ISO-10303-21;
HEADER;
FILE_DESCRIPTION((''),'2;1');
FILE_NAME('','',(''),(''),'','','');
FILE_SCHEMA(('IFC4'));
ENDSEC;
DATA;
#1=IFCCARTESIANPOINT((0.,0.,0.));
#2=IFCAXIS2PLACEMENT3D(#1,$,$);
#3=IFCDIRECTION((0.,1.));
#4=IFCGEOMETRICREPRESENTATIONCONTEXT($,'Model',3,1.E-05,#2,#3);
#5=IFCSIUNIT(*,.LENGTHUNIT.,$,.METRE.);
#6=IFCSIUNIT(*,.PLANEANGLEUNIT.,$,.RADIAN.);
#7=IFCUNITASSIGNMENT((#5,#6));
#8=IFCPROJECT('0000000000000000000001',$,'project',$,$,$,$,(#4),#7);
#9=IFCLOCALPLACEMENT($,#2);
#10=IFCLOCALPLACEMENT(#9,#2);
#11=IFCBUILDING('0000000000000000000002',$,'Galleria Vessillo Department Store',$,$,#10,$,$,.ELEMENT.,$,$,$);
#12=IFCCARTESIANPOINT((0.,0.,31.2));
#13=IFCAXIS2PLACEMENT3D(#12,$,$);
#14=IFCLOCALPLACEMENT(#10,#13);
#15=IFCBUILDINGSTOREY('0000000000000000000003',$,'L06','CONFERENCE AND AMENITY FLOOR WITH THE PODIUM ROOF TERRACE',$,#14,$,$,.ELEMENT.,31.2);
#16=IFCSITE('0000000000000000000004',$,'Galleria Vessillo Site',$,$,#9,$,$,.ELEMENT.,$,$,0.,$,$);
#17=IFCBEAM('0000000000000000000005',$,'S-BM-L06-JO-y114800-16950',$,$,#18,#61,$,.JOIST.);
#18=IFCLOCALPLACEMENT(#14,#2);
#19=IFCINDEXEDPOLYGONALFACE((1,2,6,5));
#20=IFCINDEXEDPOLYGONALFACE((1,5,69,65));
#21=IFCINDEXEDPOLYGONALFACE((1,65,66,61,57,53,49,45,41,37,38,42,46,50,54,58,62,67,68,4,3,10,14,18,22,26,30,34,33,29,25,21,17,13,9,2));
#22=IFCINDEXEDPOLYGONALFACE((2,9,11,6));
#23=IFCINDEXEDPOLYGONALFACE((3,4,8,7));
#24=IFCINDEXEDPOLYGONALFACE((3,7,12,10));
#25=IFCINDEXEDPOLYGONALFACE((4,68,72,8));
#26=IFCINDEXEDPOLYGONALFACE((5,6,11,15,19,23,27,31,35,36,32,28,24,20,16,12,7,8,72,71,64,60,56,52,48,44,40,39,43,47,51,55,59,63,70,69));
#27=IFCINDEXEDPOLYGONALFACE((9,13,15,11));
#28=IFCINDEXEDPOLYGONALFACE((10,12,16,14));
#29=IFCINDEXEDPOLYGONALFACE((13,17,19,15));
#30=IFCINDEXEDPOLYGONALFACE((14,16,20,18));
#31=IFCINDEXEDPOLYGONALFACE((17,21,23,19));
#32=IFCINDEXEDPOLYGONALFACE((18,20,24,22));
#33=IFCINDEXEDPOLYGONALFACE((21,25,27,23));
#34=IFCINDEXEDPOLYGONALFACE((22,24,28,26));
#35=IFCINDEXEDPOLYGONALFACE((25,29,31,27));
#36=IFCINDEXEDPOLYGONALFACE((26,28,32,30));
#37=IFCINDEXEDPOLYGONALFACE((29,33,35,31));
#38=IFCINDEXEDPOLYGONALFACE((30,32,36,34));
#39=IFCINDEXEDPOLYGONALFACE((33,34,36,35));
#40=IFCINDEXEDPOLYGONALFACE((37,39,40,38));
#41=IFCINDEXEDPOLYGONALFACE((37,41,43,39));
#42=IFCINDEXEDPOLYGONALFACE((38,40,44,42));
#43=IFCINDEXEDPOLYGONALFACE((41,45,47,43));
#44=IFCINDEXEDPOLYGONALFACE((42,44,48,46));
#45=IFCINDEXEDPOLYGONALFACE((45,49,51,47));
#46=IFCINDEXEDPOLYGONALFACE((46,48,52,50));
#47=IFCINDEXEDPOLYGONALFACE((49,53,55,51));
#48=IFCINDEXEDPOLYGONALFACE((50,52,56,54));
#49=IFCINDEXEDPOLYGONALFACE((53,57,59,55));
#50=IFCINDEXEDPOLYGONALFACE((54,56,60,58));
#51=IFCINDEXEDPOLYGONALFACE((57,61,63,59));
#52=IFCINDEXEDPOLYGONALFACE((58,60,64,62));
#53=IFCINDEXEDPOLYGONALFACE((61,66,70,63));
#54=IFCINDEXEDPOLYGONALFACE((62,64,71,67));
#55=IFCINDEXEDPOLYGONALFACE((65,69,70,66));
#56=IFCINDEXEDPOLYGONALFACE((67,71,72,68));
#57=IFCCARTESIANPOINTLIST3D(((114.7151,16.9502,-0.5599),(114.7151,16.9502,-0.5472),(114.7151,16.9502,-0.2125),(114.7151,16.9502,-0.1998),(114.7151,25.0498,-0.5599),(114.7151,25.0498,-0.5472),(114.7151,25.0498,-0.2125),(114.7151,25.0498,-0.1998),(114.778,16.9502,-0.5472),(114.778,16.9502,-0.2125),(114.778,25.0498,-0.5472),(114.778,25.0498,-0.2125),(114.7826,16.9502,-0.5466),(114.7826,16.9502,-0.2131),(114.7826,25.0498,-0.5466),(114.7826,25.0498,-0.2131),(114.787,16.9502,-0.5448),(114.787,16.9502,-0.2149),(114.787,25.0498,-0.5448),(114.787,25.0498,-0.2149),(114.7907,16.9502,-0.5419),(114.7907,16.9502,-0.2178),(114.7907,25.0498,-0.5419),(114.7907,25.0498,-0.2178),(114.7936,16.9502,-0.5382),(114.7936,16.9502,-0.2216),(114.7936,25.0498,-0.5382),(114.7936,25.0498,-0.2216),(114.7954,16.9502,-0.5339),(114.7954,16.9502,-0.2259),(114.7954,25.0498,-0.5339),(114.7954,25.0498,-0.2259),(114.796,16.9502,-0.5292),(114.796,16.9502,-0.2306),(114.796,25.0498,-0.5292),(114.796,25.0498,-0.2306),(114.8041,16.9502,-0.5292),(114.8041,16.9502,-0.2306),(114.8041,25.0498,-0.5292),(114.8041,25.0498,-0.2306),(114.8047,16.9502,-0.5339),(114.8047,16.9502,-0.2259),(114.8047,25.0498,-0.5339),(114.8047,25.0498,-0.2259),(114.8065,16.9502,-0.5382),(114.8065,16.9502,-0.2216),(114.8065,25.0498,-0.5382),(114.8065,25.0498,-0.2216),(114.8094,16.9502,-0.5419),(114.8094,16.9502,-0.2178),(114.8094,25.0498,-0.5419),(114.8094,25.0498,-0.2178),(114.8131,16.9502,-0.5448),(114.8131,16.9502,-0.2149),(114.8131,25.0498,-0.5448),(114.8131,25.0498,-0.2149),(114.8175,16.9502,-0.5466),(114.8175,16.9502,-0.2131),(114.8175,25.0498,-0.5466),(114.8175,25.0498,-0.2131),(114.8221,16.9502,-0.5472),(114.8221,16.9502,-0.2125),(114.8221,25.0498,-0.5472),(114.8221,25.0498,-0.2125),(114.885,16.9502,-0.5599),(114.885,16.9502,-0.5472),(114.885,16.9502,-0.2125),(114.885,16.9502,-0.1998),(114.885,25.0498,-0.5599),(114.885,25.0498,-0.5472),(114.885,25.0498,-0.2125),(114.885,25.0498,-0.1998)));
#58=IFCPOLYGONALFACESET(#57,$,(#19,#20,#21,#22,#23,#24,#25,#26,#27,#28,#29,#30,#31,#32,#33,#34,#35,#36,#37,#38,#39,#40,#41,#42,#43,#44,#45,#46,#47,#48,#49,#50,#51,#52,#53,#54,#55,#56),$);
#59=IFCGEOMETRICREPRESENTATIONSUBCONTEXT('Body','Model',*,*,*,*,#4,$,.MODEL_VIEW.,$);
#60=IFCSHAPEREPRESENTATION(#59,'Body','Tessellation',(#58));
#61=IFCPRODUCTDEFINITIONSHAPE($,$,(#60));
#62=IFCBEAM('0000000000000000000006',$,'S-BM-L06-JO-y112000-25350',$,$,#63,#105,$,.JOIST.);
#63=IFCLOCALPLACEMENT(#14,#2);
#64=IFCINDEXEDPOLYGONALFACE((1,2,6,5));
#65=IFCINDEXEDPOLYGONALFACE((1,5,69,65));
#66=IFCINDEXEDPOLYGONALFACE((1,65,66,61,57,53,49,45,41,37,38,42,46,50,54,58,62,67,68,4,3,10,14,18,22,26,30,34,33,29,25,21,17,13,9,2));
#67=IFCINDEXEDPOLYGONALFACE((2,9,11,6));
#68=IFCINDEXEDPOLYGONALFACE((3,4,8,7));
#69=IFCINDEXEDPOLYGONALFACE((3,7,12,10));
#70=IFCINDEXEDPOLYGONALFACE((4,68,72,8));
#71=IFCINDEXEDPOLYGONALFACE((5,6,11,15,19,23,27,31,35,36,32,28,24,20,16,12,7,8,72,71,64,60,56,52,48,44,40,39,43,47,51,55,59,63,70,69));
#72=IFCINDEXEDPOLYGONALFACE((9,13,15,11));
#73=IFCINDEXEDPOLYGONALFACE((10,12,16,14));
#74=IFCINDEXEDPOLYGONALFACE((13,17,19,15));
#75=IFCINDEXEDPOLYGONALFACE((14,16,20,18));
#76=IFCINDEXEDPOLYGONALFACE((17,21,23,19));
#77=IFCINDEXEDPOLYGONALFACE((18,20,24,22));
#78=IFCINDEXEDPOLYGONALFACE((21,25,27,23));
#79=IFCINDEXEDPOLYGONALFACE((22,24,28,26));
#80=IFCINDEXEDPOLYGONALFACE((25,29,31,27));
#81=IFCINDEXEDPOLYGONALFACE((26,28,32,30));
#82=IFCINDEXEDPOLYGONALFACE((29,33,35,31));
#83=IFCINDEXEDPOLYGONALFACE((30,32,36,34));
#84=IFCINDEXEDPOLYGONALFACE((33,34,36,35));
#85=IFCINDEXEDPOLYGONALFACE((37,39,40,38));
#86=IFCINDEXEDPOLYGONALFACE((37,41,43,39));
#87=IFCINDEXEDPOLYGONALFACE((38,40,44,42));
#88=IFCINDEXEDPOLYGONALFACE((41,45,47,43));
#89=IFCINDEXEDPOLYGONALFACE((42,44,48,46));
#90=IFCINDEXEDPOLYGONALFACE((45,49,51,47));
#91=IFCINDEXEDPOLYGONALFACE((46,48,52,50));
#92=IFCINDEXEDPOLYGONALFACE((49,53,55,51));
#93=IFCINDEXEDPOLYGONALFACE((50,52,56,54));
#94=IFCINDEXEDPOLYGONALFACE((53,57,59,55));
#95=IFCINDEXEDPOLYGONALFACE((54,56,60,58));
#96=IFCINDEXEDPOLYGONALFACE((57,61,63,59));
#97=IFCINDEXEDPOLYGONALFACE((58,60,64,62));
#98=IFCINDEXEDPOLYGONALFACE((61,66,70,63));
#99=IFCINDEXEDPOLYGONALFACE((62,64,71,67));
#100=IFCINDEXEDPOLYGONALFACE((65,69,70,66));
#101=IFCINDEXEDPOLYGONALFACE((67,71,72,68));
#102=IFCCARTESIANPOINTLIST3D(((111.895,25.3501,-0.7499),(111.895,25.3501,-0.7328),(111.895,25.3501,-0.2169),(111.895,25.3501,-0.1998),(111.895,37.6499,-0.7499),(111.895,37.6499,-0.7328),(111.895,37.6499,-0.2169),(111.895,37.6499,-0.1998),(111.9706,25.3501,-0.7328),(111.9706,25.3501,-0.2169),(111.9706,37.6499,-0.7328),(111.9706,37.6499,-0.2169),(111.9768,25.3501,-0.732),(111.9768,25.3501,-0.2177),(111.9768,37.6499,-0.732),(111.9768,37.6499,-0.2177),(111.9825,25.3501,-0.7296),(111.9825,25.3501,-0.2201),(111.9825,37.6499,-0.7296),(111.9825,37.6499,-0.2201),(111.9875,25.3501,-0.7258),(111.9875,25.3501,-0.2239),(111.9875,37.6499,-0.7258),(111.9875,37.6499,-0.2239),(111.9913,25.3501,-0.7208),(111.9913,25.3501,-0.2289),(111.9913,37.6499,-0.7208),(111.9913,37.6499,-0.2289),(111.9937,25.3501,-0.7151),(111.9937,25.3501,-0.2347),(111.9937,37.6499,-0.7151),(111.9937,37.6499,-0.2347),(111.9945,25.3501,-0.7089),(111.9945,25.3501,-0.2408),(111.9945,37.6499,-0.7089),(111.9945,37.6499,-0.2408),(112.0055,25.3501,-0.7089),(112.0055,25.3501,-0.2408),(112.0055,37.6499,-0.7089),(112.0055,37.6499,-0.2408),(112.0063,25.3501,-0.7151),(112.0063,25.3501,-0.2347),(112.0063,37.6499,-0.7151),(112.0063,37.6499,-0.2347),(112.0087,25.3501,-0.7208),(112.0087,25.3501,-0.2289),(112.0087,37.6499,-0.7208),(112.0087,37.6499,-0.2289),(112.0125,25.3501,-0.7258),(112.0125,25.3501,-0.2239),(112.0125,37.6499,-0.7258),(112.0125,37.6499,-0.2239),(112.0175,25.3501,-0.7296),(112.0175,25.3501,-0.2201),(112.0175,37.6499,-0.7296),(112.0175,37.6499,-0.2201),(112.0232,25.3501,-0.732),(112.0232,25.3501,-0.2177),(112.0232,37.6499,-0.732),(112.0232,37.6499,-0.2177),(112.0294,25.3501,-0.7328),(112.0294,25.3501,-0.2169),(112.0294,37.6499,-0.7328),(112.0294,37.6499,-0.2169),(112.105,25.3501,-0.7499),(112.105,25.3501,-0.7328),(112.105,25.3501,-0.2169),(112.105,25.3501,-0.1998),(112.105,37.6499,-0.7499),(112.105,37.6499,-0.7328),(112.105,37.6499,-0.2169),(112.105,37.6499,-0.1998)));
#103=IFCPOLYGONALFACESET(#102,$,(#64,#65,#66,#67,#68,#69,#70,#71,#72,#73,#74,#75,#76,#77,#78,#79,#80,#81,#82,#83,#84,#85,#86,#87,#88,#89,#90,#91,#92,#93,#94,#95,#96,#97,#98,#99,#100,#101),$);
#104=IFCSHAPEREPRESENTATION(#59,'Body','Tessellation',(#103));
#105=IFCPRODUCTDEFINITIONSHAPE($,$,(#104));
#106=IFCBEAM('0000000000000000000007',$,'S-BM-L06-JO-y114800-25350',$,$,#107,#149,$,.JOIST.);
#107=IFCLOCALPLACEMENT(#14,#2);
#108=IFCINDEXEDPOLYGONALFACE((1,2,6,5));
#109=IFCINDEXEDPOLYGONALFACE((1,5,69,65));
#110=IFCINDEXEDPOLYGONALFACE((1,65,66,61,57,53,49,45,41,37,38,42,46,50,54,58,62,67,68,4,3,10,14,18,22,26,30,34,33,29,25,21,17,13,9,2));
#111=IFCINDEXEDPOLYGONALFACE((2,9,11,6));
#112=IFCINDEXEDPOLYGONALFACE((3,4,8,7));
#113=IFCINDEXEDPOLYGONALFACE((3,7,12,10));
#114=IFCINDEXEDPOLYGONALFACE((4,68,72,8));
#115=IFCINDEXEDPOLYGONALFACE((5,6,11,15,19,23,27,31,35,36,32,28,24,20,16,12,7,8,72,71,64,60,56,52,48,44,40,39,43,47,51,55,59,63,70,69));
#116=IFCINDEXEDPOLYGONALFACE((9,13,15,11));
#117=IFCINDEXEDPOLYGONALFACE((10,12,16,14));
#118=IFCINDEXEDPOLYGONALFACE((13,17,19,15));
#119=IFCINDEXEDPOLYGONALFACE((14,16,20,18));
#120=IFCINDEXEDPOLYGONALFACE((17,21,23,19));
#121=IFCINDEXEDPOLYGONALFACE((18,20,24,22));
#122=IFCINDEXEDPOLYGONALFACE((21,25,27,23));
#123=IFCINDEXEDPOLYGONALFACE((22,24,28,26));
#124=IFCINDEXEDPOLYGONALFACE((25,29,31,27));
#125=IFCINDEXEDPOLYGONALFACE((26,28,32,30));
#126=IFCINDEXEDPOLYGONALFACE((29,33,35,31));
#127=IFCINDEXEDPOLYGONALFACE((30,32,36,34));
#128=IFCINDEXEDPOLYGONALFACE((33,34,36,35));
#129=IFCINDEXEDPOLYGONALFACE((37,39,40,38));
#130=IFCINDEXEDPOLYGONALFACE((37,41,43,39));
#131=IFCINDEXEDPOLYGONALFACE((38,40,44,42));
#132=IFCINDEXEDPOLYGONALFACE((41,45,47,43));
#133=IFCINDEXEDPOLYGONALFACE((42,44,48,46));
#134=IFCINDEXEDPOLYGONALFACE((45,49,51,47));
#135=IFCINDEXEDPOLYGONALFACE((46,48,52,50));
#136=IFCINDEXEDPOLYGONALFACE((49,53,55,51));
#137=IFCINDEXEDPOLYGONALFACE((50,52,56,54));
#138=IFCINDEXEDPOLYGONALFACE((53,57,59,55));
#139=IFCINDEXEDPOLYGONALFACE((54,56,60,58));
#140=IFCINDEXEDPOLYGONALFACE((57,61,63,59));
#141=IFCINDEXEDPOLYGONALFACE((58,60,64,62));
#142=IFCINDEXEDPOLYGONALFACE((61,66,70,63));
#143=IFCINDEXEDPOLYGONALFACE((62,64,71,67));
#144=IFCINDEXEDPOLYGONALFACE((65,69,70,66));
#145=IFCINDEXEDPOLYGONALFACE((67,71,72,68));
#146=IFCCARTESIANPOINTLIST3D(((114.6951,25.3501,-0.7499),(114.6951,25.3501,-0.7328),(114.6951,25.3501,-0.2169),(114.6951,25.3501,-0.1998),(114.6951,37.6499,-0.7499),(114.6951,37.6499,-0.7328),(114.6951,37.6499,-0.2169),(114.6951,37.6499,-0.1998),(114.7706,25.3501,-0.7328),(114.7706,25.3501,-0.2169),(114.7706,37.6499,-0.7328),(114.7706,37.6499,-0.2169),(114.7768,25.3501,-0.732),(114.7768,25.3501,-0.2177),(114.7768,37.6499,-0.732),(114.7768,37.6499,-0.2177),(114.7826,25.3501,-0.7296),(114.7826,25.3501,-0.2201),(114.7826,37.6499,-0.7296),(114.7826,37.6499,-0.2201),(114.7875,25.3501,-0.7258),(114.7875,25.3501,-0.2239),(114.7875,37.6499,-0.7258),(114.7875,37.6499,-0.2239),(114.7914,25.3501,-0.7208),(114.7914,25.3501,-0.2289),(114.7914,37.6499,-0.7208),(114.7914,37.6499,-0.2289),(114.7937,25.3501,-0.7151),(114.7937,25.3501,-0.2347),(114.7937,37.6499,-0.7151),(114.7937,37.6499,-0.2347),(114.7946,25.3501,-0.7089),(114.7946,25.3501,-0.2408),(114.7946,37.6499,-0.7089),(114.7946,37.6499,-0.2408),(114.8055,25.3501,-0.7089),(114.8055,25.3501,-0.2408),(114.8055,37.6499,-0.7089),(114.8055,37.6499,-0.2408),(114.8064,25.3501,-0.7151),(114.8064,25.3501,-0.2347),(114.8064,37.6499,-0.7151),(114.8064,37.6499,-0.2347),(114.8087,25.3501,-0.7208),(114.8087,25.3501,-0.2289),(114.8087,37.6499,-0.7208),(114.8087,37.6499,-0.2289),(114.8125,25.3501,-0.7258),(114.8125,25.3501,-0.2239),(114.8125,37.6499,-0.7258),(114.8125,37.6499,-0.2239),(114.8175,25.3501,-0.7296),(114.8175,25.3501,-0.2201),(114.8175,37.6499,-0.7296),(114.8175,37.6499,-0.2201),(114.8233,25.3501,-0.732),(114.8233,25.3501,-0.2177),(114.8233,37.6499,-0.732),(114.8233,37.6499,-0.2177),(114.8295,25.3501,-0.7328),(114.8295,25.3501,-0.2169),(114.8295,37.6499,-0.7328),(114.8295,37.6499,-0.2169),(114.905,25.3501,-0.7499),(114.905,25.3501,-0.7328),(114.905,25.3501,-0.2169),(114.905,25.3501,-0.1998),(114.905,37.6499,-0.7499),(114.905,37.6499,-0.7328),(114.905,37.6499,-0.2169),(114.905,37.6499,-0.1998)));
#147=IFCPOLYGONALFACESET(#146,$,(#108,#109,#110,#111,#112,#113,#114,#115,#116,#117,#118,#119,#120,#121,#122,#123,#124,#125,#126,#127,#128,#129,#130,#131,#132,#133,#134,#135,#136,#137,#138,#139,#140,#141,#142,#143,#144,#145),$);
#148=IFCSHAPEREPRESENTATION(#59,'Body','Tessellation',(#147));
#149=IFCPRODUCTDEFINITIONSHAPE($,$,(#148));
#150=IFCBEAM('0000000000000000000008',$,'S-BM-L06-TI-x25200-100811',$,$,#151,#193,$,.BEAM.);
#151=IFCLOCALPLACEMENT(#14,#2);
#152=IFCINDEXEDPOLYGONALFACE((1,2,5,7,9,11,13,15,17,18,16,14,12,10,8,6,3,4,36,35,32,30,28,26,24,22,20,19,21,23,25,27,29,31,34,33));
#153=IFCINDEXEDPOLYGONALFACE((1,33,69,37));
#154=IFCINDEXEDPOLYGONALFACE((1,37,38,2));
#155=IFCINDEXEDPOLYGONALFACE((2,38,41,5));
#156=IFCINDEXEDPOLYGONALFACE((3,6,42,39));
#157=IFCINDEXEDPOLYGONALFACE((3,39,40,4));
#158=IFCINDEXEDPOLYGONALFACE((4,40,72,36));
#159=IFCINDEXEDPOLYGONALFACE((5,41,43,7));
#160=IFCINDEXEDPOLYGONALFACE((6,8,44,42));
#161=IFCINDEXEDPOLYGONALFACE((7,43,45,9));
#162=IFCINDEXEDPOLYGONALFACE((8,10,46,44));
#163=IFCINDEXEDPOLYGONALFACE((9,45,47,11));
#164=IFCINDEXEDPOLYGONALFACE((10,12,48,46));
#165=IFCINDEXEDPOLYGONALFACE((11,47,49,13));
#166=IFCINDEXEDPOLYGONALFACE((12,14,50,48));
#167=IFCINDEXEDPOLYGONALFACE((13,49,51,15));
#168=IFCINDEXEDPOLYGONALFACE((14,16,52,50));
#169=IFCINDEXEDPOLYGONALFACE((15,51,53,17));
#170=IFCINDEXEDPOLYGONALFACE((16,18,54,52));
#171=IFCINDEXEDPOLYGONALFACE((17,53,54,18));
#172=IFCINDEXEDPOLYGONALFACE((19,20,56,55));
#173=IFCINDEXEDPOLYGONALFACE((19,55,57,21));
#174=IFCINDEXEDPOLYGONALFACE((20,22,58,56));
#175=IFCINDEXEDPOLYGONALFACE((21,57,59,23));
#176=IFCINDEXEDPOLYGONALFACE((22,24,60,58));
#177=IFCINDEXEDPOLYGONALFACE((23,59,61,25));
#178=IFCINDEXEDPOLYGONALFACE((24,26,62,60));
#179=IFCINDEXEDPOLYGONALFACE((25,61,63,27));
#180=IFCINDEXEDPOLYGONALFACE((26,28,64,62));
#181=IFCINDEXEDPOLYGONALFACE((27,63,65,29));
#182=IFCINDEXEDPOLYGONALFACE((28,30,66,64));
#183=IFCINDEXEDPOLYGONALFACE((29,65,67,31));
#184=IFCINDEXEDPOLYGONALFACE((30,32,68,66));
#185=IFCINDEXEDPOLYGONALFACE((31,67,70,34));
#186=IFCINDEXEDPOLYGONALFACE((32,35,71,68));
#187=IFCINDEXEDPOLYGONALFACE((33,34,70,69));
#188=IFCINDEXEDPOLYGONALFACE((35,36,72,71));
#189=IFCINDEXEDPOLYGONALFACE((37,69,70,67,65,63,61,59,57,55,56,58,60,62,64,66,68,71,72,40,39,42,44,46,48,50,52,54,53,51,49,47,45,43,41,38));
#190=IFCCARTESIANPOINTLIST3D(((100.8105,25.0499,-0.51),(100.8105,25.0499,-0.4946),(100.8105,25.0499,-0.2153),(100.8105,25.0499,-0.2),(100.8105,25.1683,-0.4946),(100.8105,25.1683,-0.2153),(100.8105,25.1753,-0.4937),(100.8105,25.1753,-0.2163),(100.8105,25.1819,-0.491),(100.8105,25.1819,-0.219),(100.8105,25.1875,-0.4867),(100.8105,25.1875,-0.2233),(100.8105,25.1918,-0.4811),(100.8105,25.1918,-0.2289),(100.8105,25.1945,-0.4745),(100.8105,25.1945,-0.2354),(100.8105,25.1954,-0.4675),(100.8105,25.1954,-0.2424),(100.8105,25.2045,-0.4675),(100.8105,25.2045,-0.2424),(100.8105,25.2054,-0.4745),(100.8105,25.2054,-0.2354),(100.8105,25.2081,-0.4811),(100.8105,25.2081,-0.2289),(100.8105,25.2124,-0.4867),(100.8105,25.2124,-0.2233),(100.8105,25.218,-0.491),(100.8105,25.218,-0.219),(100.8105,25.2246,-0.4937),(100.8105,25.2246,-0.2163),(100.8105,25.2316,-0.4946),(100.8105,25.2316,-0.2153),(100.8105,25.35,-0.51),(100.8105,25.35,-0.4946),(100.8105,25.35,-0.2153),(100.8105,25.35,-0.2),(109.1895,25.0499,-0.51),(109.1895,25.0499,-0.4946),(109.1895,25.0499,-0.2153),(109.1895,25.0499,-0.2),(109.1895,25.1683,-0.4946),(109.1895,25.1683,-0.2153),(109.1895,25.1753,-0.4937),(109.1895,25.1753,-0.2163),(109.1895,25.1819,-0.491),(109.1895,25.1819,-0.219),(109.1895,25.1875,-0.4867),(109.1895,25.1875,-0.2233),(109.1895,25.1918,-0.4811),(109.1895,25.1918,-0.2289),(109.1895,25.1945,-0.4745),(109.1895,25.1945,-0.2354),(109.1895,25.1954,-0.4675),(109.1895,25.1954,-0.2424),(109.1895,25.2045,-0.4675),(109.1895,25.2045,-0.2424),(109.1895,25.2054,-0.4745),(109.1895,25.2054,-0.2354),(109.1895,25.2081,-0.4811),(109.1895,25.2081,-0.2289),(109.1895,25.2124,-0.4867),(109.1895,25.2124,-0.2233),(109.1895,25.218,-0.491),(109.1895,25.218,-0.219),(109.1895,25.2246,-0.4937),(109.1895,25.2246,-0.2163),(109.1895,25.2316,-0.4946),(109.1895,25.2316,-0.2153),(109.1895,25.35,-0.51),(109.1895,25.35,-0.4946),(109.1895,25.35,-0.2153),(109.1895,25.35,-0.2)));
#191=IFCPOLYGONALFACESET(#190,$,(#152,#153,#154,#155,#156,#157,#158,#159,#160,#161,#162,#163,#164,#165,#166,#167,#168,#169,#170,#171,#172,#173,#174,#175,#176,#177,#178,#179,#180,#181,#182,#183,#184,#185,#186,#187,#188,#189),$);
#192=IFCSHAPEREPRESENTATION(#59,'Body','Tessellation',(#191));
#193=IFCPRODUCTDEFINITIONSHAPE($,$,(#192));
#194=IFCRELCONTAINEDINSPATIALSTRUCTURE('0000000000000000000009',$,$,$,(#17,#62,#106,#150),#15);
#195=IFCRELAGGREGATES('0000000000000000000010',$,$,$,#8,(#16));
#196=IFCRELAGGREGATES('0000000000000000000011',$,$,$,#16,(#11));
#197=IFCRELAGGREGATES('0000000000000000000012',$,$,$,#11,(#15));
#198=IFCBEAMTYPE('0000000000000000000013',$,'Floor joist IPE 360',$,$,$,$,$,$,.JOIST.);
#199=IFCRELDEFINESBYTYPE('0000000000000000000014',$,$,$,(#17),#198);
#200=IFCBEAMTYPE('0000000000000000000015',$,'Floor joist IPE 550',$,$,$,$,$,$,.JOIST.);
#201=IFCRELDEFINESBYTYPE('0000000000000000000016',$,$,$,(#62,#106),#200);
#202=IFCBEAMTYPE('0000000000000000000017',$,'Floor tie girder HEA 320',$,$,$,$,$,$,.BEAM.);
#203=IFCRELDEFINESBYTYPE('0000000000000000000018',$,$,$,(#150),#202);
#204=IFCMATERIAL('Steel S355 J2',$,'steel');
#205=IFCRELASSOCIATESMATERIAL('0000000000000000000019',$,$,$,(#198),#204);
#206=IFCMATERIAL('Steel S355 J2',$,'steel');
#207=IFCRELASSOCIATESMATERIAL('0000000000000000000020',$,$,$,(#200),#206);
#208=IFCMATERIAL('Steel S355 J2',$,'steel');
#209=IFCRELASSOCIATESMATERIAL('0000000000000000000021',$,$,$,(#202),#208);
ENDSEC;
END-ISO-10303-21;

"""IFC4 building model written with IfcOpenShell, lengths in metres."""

from ifc_helpers import new_model, si_unit, direction, frame, origin, origin_2d, place, context, subcontext, project, spatial, i_section, extrude, material, material_profile, profile_set, type_object, element, save


model = new_model("IFC4")

# Units and contexts
model_context = context("Model", 3, precision=1e-05, world=origin(), true_north=direction((0.0, 1.0)))
body_context = subcontext(model_context, "Body", "Model", "MODEL_VIEW")
ifc_project = project(units=[si_unit("LENGTHUNIT", "METRE"), si_unit("PLANEANGLEUNIT", "RADIAN")], contexts=[model_context])

# Site, building, storey
site_placement = place(None, origin())
site = spatial("IfcSite", under=ifc_project, at=site_placement, Name="Galleria Vessillo Site", CompositionType="ELEMENT", RefElevation=0.0)
building_placement = place(site_placement, origin())
building = spatial("IfcBuilding", under=site, at=building_placement, Name="Galleria Vessillo Department Store", CompositionType="ELEMENT")
storey_placement = place(building_placement, frame((0.0, 0.0, 31.2)))
storey = spatial("IfcBuildingStorey", under=building, at=storey_placement, Name="L06", Description="CONFERENCE AND AMENITY FLOOR WITH THE PODIUM ROOF TERRACE", CompositionType="ELEMENT", Elevation=31.2)

# Beams
ifc_material_1 = material(Name="Steel S355 J2", Category="steel")
ifc_material_profile_1 = material_profile(ifc_material_1, i_section(OverallWidth=0.1699, OverallDepth=0.3601, WebThickness=0.0081, FlangeThickness=0.0127, FilletRadius=0.0181, at=origin_2d()), Name="IPE 360")
ifc_profile_set_1 = profile_set([ifc_material_profile_1], Name="Steel S355 J2")
beam_type_1 = type_object("IfcBeamType", Name="Floor joist IPE 360", PredefinedType="JOIST", material=ifc_profile_set_1)
for number, where, z_axis, x_axis, name in (
    (1, (114.8, 16.9502, -0.3799), (0.0, 1.0, 0.0), (-1.0, 0.0, 0.0), "S-BM-L06-JO-y114800-16950"),
):
    element("IfcBeam", number, at=place(storey_placement, frame(where, z_axis=z_axis, x_axis=x_axis)), inside=storey, type_object=beam_type_1, Name=name, PredefinedType="JOIST", context=body_context, shape_type="SweptSolid", body=[
        extrude(i_section(OverallWidth=0.1699, OverallDepth=0.3601, WebThickness=0.0081, FlangeThickness=0.0127, FilletRadius=0.0181, at=origin_2d()), origin(), (0.0, 0.0, 1.0), 8.0996),
    ])
ifc_material_2 = material(Name="Steel S355 J2", Category="steel")
ifc_material_profile_2 = material_profile(ifc_material_2, i_section(OverallWidth=0.21, OverallDepth=0.55, WebThickness=0.011, FlangeThickness=0.0171, FilletRadius=0.0239, at=origin_2d()), Name="IPE 550")
ifc_profile_set_2 = profile_set([ifc_material_profile_2], Name="Steel S355 J2")
beam_type_2 = type_object("IfcBeamType", Name="Floor joist IPE 550", PredefinedType="JOIST", material=ifc_profile_set_2)
for number, where, z_axis, x_axis, name in (
    (2, (112.0, 25.3501, -0.4749), (0.0, 1.0, 0.0), (-1.0, 0.0, 0.0), "S-BM-L06-JO-y112000-25350"),
    (3, (114.8, 25.3501, -0.4749), (0.0, 1.0, 0.0), (-1.0, 0.0, 0.0), "S-BM-L06-JO-y114800-25350"),
):
    element("IfcBeam", number, at=place(storey_placement, frame(where, z_axis=z_axis, x_axis=x_axis)), inside=storey, type_object=beam_type_2, Name=name, PredefinedType="JOIST", context=body_context, shape_type="SweptSolid", body=[
        extrude(i_section(OverallWidth=0.21, OverallDepth=0.55, WebThickness=0.011, FlangeThickness=0.0171, FilletRadius=0.0239, at=origin_2d()), origin(), (0.0, 0.0, 1.0), 12.2998),
    ])
ifc_material_3 = material(Name="Steel S355 J2", Category="steel")
ifc_material_profile_3 = material_profile(ifc_material_3, i_section(OverallWidth=0.3, OverallDepth=0.3101, WebThickness=0.009, FlangeThickness=0.0154, FilletRadius=0.0271, at=origin_2d()), Name="HEA 320")
ifc_profile_set_3 = profile_set([ifc_material_profile_3], Name="Steel S355 J2")
beam_type_3 = type_object("IfcBeamType", Name="Floor tie girder HEA 320", PredefinedType="BEAM", material=ifc_profile_set_3)
beam_1_placement = place(storey_placement, frame((100.8105, 25.2, -0.355), z_axis=(1.0, 0.0, 0.0), x_axis=(0.0, 1.0, 0.0)))
element("IfcBeam", 4, at=beam_1_placement, inside=storey, type_object=beam_type_3, Name="S-BM-L06-TI-x25200-100811", PredefinedType="BEAM", context=body_context, shape_type="SweptSolid", body=[
    extrude(i_section(OverallWidth=0.3, OverallDepth=0.3101, WebThickness=0.009, FlangeThickness=0.0154, FilletRadius=0.0271, at=origin_2d()), origin(), (0.0, 0.0, 1.0), 8.3789),
])

save(model, "model.ifc")
